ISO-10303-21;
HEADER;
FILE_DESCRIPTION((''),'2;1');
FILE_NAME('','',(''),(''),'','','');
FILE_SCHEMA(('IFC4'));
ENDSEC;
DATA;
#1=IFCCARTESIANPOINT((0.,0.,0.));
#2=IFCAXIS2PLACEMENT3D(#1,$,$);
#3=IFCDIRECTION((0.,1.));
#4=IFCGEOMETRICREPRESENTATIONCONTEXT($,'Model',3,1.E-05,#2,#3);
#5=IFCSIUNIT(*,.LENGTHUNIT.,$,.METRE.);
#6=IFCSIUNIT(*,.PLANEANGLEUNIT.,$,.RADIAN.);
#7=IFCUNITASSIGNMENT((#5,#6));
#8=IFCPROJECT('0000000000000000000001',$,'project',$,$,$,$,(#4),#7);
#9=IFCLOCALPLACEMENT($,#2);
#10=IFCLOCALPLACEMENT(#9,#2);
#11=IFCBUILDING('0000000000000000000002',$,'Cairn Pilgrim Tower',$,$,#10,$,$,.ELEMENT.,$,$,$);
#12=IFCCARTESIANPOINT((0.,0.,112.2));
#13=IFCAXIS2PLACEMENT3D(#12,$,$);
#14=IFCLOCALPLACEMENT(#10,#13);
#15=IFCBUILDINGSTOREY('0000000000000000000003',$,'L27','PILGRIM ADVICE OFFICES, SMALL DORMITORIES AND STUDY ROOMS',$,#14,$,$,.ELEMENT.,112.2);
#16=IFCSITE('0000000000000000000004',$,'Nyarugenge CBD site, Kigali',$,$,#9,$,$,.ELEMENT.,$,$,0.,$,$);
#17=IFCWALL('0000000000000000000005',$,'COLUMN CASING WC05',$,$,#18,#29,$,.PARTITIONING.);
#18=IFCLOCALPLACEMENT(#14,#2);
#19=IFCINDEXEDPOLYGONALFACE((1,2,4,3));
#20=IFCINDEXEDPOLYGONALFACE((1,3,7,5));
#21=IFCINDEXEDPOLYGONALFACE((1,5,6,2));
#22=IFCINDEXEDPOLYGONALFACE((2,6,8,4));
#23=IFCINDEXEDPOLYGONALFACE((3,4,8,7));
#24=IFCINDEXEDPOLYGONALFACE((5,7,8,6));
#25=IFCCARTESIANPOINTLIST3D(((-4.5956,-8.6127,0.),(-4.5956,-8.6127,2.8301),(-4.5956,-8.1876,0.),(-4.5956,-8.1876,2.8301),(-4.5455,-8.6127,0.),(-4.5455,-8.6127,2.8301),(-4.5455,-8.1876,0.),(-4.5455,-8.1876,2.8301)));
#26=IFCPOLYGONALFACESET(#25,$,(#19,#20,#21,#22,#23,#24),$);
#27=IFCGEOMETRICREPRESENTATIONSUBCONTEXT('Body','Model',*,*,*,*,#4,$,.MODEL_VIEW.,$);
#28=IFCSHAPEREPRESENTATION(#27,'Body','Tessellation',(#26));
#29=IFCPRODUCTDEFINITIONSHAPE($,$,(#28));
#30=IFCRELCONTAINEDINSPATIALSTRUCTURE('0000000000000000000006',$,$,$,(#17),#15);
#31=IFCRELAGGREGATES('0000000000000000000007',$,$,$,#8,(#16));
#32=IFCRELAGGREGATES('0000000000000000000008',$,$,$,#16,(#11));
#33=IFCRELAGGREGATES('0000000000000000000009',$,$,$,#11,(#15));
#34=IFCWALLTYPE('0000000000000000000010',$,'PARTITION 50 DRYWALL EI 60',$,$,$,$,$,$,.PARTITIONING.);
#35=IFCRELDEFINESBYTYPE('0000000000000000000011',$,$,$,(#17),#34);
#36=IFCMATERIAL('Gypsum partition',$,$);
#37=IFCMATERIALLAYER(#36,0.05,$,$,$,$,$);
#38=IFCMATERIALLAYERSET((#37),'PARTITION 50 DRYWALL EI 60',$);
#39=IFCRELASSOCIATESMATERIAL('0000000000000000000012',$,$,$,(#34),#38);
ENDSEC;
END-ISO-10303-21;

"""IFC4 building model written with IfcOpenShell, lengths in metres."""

from ifc_helpers import new_model, si_unit, direction, frame, frame_2d, origin, place, context, subcontext, project, spatial, rectangle, extrude, material, layer, layer_set, type_object, element, save


model = new_model("IFC4")

# Units and contexts
model_context = context("Model", 3, precision=1e-05, world=origin(), true_north=direction((0.0, 1.0)))
body_context = subcontext(model_context, "Body", "Model", "MODEL_VIEW")
ifc_project = project(units=[si_unit("LENGTHUNIT", "METRE"), si_unit("PLANEANGLEUNIT", "RADIAN")], contexts=[model_context])

# Site, building, storey
site_placement = place(None, origin())
site = spatial("IfcSite", under=ifc_project, at=site_placement, Name="Nyarugenge CBD site, Kigali", CompositionType="ELEMENT", RefElevation=0.0)
building_placement = place(site_placement, origin())
building = spatial("IfcBuilding", under=site, at=building_placement, Name="Cairn Pilgrim Tower", CompositionType="ELEMENT")
storey_placement = place(building_placement, frame((0.0, 0.0, 112.2)))
storey = spatial("IfcBuildingStorey", under=building, at=storey_placement, Name="L27", Description="PILGRIM ADVICE OFFICES, SMALL DORMITORIES AND STUDY ROOMS", CompositionType="ELEMENT", Elevation=112.2)

# Shared definitions
ifc_material_1 = material(Name="Gypsum partition")

# Wall
ifc_layer_1 = layer(ifc_material_1, 0.05)
ifc_layer_set_1 = layer_set([ifc_layer_1], Name="PARTITION 50 DRYWALL EI 60")
wall_type_1 = type_object("IfcWallType", Name="PARTITION 50 DRYWALL EI 60", PredefinedType="PARTITIONING", material=ifc_layer_set_1)
wall_1_placement = place(storey_placement, frame((-4.5706, -8.6125, 0.0), z_axis=(0.0, 0.0, 1.0), x_axis=(0.0, 1.0, 0.0)))
element("IfcWall", 1, at=wall_1_placement, inside=storey, type_object=wall_type_1, Name="COLUMN CASING WC05", PredefinedType="PARTITIONING", context=body_context, shape_type="SweptSolid", body=[
    extrude(rectangle(XDim=0.425, YDim=0.05, at=frame_2d((0.2124, 0.0))), origin(), (0.0, 0.0, 1.0), 2.8301),
])

save(model, "model.ifc")
